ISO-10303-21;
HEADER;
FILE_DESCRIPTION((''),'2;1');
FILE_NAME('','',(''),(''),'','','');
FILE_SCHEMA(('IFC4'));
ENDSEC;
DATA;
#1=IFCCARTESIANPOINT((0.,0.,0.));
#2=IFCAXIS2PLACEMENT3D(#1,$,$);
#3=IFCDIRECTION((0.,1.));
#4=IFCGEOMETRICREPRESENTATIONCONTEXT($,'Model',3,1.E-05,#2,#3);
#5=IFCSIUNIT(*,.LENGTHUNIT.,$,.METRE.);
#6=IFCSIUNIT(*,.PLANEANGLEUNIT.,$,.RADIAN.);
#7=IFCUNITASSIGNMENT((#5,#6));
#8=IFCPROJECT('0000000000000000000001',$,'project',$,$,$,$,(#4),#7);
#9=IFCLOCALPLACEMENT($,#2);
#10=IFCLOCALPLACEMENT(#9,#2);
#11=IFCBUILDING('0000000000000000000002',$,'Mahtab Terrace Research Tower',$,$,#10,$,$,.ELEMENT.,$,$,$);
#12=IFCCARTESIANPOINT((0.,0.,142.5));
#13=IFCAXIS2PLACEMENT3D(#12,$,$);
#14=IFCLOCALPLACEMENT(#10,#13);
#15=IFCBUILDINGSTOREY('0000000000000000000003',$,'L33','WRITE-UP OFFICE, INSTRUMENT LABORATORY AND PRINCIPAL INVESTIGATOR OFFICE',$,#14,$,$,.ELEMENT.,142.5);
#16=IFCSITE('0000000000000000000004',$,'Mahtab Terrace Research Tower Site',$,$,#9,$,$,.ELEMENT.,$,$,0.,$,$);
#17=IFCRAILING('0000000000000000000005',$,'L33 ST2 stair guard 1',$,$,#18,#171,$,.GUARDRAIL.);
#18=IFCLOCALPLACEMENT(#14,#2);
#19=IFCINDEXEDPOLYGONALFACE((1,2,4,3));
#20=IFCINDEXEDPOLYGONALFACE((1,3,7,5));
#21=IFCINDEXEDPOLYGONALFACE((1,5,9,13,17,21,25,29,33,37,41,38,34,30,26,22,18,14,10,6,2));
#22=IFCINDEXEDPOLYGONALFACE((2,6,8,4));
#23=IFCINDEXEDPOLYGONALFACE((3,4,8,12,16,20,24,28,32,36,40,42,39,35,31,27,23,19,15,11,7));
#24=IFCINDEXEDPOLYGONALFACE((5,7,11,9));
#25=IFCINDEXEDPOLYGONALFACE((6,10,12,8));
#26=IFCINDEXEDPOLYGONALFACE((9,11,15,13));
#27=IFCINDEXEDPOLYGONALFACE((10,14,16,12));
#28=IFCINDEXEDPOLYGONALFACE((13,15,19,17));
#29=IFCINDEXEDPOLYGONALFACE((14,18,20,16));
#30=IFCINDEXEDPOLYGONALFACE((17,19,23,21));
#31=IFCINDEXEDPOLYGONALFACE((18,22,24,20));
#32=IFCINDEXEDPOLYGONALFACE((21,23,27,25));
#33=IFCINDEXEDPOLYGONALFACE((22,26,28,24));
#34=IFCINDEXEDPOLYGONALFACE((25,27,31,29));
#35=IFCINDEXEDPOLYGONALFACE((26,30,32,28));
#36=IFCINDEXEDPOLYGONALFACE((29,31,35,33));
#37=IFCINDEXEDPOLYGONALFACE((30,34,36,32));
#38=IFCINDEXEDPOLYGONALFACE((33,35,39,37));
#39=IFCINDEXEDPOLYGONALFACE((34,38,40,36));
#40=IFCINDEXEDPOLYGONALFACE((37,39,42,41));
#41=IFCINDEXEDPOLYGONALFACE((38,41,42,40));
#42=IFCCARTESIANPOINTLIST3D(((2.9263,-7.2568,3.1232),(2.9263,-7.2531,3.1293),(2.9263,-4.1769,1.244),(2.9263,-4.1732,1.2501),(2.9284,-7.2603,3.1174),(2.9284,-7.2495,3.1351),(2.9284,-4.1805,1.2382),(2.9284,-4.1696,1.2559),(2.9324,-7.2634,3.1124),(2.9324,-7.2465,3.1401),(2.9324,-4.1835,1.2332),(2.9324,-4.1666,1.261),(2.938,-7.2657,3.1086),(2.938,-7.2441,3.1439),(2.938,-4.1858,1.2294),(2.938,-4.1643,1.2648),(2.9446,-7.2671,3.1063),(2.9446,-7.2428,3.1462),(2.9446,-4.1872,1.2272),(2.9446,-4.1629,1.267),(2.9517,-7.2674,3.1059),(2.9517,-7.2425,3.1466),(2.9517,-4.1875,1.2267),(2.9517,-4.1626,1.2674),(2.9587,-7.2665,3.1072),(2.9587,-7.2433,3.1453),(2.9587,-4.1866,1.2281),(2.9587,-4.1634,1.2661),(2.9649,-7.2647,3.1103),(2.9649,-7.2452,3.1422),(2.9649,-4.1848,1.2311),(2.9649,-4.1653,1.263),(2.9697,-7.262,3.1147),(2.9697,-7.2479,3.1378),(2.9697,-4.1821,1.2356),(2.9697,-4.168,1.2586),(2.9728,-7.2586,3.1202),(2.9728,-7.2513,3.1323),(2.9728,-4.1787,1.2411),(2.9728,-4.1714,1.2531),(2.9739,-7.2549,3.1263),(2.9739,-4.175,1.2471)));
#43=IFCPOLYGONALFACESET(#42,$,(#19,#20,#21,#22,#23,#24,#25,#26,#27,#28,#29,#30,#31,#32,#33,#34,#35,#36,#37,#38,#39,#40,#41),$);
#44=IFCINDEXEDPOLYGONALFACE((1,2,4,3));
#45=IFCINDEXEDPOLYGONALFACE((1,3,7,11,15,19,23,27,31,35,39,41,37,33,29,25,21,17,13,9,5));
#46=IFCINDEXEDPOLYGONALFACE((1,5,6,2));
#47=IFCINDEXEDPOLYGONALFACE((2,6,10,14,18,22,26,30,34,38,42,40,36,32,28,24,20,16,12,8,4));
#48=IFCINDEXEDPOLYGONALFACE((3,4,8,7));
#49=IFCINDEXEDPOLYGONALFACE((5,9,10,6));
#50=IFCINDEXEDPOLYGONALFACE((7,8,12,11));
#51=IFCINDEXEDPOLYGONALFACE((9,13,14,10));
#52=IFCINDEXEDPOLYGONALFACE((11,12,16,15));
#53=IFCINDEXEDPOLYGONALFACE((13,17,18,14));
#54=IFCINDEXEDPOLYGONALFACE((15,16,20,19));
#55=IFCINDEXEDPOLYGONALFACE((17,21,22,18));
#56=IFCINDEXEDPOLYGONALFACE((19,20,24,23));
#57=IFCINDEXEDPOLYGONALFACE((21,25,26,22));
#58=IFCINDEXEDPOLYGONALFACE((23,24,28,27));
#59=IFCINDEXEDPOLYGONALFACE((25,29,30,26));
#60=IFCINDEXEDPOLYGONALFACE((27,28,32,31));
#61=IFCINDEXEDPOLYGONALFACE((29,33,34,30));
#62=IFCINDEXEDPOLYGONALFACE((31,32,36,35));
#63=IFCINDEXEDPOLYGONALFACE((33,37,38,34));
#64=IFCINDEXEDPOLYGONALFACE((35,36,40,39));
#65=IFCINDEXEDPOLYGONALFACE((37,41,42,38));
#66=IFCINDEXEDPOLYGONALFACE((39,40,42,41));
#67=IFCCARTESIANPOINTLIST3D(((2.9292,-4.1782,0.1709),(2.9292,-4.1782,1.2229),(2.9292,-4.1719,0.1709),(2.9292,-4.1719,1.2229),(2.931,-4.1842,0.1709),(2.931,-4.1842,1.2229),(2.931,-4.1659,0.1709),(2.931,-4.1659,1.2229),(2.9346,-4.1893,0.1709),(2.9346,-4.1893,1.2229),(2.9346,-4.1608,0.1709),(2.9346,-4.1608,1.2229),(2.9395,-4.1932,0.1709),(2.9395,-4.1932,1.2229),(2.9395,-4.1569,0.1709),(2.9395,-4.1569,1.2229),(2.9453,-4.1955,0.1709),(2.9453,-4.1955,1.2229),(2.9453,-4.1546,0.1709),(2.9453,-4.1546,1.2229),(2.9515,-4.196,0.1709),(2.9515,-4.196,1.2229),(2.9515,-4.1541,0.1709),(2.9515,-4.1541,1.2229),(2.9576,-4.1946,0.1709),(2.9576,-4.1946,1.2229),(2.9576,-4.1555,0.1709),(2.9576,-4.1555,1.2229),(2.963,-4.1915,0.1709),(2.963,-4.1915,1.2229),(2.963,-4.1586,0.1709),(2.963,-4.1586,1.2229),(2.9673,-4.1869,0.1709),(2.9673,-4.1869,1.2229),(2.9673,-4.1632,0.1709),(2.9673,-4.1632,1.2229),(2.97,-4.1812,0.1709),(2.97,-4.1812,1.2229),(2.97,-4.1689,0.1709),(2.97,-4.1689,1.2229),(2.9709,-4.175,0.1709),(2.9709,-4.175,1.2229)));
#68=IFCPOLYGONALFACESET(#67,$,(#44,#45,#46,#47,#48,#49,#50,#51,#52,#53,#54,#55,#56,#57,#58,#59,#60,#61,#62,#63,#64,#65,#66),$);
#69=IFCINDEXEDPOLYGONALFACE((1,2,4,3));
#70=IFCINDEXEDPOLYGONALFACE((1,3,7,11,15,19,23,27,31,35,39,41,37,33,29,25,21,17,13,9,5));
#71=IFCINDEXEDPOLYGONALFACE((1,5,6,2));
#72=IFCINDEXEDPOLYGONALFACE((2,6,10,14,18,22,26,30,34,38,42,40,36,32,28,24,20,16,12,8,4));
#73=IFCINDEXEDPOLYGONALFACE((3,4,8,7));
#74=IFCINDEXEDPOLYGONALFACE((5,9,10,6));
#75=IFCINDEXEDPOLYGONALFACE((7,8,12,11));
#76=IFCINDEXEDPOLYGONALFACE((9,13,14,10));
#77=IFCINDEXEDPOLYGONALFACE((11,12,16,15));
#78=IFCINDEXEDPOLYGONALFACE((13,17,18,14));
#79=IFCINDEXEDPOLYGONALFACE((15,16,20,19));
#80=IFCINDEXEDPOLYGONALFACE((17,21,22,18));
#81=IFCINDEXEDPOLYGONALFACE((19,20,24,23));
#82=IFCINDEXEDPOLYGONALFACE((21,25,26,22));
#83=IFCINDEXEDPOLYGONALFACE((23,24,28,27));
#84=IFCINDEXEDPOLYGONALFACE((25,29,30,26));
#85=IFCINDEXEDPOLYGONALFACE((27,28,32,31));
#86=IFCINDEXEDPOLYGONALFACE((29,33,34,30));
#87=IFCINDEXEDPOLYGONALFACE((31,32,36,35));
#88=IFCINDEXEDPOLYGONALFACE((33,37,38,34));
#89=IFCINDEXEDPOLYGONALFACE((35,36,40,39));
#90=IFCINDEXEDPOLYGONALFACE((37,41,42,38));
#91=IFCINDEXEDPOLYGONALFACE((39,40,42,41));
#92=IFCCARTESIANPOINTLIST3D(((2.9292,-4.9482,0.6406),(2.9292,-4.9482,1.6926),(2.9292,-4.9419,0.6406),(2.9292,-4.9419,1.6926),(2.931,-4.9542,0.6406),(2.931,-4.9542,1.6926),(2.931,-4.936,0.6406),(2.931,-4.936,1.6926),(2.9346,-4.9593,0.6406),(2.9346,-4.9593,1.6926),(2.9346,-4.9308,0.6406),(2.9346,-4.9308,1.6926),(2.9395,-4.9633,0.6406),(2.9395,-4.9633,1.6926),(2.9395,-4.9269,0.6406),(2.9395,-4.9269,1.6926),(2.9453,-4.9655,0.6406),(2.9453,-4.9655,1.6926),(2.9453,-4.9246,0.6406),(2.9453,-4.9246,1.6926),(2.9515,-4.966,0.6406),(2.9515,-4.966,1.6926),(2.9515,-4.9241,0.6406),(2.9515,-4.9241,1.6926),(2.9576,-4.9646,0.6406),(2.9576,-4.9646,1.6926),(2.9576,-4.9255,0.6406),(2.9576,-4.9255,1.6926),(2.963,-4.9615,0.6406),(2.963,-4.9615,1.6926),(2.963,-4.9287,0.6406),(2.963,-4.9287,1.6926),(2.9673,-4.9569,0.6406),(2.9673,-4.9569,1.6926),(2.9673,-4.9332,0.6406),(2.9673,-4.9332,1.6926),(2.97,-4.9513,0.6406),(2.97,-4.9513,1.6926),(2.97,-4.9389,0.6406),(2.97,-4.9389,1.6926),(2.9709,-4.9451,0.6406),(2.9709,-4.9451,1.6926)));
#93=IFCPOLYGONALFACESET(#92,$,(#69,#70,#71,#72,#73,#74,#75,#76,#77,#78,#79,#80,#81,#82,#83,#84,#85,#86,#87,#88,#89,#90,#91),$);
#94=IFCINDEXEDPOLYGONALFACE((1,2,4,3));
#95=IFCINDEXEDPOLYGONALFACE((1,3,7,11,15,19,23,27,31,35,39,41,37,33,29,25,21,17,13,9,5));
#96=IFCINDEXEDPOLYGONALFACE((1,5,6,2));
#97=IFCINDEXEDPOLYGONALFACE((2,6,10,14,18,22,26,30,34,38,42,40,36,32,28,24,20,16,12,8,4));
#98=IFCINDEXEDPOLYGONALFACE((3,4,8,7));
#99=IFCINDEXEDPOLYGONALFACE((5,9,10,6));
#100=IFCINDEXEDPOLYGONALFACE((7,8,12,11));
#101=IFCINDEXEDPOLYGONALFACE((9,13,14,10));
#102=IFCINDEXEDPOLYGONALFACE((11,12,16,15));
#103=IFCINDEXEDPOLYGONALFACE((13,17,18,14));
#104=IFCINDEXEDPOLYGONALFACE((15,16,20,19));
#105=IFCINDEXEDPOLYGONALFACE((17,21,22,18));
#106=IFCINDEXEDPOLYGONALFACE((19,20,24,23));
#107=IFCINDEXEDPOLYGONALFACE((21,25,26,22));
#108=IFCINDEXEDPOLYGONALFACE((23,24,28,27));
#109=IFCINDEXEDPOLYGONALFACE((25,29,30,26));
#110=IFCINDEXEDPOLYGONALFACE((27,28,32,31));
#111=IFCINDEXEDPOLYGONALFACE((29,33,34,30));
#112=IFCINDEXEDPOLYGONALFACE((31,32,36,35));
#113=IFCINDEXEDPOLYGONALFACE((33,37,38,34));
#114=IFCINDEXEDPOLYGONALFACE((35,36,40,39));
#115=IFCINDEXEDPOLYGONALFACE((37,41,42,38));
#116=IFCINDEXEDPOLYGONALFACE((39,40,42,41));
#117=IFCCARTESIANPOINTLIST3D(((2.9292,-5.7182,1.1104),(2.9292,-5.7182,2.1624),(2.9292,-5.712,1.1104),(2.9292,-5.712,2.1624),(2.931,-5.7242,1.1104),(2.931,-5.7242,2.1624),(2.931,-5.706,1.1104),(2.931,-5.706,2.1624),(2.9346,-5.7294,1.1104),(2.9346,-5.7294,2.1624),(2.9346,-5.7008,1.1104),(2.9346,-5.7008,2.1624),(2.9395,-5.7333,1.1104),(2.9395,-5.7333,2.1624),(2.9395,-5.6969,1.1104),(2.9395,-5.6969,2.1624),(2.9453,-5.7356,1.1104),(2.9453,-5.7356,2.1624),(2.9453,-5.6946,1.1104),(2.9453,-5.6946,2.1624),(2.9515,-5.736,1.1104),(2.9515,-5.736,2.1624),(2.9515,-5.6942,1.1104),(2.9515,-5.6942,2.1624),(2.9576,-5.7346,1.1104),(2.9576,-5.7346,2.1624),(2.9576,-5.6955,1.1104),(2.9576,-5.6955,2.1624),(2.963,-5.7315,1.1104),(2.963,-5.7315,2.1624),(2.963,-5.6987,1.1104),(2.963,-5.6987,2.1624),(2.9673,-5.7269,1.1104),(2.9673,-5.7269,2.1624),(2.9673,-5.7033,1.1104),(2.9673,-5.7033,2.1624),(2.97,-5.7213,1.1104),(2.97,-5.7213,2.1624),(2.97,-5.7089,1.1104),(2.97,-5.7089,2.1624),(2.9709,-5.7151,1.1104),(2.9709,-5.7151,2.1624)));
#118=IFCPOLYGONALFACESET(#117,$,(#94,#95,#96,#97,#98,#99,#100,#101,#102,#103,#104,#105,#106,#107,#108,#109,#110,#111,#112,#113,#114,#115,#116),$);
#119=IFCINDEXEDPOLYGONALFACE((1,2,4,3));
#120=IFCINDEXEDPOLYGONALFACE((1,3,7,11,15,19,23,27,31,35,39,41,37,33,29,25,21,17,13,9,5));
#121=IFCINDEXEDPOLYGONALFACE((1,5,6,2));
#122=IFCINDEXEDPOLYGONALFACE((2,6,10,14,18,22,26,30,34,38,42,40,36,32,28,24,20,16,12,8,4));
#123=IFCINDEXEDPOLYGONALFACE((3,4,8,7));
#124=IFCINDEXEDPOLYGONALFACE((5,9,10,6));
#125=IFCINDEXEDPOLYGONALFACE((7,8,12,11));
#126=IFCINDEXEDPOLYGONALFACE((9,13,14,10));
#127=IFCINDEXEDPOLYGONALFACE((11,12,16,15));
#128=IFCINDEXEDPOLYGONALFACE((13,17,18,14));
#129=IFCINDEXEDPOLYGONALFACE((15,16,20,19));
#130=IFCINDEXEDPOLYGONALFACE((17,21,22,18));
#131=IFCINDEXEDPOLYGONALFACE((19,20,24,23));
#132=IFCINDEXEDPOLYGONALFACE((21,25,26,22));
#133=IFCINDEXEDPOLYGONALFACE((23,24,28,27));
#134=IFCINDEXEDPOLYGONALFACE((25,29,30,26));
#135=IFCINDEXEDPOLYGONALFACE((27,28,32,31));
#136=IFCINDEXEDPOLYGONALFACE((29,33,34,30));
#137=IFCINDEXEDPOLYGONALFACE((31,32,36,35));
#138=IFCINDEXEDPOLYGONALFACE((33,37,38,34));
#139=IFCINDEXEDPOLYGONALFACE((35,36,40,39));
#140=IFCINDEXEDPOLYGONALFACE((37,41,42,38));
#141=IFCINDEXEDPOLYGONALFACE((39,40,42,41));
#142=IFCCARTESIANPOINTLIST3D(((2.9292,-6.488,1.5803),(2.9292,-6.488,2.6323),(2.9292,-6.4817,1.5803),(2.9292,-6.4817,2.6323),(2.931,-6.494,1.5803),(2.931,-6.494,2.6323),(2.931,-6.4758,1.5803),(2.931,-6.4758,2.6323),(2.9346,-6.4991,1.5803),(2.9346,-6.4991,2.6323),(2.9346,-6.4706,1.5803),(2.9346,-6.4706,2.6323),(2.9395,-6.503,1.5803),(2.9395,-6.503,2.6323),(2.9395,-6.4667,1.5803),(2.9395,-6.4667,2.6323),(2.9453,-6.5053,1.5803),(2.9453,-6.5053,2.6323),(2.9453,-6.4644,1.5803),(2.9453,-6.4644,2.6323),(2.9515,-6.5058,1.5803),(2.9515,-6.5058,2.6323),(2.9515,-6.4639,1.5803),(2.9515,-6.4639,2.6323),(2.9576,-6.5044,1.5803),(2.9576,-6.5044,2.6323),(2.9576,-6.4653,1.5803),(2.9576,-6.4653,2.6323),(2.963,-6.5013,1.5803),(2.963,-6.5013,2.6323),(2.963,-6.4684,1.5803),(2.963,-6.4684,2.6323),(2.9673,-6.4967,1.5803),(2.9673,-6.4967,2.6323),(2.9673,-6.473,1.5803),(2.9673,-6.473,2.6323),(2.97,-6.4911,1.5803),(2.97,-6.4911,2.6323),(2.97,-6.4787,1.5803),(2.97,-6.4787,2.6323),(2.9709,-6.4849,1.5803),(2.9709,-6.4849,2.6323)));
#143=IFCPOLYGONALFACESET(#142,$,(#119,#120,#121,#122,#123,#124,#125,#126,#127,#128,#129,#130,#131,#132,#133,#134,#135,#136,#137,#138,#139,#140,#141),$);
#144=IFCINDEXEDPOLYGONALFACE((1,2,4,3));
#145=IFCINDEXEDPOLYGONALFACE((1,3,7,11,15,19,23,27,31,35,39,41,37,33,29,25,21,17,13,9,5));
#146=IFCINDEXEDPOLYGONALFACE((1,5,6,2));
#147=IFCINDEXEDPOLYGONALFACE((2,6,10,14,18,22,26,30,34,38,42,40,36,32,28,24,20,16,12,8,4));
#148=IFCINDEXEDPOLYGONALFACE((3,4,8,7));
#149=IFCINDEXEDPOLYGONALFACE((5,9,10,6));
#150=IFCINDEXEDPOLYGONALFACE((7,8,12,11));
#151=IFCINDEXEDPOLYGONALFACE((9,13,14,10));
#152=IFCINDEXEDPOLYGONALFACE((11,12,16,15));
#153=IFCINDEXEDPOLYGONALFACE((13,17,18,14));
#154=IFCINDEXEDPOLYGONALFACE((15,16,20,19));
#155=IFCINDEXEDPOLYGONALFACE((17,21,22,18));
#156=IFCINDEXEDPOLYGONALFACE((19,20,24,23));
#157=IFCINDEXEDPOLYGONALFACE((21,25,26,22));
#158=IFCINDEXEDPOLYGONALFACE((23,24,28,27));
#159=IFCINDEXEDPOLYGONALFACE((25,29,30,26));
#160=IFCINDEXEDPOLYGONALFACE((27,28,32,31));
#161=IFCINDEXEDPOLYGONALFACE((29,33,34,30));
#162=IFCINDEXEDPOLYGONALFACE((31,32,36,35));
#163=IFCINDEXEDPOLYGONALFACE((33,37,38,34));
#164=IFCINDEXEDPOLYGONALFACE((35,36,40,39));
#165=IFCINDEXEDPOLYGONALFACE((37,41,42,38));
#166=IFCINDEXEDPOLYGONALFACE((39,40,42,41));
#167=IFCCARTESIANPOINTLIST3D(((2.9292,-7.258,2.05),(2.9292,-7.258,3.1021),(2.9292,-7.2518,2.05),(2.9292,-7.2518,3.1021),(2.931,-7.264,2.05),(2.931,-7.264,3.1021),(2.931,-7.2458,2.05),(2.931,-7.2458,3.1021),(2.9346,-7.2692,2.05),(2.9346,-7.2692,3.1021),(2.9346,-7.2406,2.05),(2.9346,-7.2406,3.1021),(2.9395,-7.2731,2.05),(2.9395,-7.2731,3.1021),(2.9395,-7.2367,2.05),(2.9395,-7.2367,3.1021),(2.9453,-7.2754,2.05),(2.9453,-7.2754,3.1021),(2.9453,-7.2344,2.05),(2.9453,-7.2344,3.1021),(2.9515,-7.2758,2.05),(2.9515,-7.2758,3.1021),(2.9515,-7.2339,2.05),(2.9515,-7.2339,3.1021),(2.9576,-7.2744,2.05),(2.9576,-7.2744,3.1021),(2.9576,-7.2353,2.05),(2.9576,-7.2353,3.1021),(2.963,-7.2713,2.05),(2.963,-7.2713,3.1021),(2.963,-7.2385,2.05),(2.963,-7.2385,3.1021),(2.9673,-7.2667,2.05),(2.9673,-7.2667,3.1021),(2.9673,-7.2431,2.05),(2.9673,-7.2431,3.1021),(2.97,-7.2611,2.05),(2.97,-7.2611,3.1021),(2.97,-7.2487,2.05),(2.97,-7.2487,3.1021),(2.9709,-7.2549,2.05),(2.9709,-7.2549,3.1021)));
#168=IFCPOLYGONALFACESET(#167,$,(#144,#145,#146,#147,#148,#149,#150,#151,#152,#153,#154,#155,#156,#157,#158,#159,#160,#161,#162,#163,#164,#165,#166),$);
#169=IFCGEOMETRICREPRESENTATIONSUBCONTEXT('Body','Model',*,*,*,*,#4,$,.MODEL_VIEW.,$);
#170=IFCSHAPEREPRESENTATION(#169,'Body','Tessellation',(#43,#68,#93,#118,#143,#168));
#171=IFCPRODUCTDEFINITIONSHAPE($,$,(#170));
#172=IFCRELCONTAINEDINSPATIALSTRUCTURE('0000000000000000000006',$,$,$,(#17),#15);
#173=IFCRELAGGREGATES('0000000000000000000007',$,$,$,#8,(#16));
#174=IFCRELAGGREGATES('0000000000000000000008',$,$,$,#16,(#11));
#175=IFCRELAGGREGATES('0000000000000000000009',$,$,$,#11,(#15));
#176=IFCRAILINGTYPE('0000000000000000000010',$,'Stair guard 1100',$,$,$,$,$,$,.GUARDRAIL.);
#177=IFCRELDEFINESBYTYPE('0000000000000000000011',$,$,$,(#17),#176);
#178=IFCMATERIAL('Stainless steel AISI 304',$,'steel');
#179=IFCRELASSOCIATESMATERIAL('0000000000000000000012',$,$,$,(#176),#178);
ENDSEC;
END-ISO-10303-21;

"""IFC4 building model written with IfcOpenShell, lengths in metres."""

from ifc_helpers import new_model, si_unit, direction, frame, origin, origin_2d, place, context, subcontext, project, spatial, circle, extrude, material, type_object, element, save


model = new_model("IFC4")

# Units and contexts
model_context = context("Model", 3, precision=1e-05, world=origin(), true_north=direction((0.0, 1.0)))
body_context = subcontext(model_context, "Body", "Model", "MODEL_VIEW")
ifc_project = project(units=[si_unit("LENGTHUNIT", "METRE"), si_unit("PLANEANGLEUNIT", "RADIAN")], contexts=[model_context])

# Site, building, storey
site_placement = place(None, origin())
site = spatial("IfcSite", under=ifc_project, at=site_placement, Name="Mahtab Terrace Research Tower Site", CompositionType="ELEMENT", RefElevation=0.0)
building_placement = place(site_placement, origin())
building = spatial("IfcBuilding", under=site, at=building_placement, Name="Mahtab Terrace Research Tower", CompositionType="ELEMENT")
storey_placement = place(building_placement, frame((0.0, 0.0, 142.5)))
storey = spatial("IfcBuildingStorey", under=building, at=storey_placement, Name="L33", Description="WRITE-UP OFFICE, INSTRUMENT LABORATORY AND PRINCIPAL INVESTIGATOR OFFICE", CompositionType="ELEMENT", Elevation=142.5)

# Railing
ifc_material_1 = material(Name="Stainless steel AISI 304", Category="steel")
railing_type_1 = type_object("IfcRailingType", Name="Stair guard 1100", PredefinedType="GUARDRAIL", material=ifc_material_1)
railing_1_placement = place(storey_placement, frame((2.95, -4.175, 0.1709)))
element("IfcRailing", 1, at=railing_1_placement, inside=storey, type_object=railing_type_1, Name="L33 ST2 stair guard 1", PredefinedType="GUARDRAIL", context=body_context, shape_type="SweptSolid", body=[
    extrude(circle(Radius=0.0239, at=origin_2d()), frame((0.0, 0.0, 1.0762), z_axis=(0.0, -0.853648, 0.52085), x_axis=(1.0, 0.0, 0.0)), (0.0, 0.0, 1.0), 3.6079),
    extrude(circle(Radius=0.021, at=origin_2d()), origin(), (0.0, 0.0, 1.0), 1.052),
    extrude(circle(Radius=0.021, at=origin_2d()), frame((0.0, -0.77, 0.4697)), (0.0, 0.0, 1.0), 1.052),
    extrude(circle(Radius=0.021, at=origin_2d()), frame((0.0, -1.54, 0.9395)), (0.0, 0.0, 1.0), 1.052),
    extrude(circle(Radius=0.021, at=origin_2d()), frame((0.0, -2.3098, 1.4094)), (0.0, 0.0, 1.0), 1.052),
    extrude(circle(Radius=0.021, at=origin_2d()), frame((0.0, -3.0798, 1.8792)), (0.0, 0.0, 1.0), 1.052),
])

save(model, "model.ifc")
